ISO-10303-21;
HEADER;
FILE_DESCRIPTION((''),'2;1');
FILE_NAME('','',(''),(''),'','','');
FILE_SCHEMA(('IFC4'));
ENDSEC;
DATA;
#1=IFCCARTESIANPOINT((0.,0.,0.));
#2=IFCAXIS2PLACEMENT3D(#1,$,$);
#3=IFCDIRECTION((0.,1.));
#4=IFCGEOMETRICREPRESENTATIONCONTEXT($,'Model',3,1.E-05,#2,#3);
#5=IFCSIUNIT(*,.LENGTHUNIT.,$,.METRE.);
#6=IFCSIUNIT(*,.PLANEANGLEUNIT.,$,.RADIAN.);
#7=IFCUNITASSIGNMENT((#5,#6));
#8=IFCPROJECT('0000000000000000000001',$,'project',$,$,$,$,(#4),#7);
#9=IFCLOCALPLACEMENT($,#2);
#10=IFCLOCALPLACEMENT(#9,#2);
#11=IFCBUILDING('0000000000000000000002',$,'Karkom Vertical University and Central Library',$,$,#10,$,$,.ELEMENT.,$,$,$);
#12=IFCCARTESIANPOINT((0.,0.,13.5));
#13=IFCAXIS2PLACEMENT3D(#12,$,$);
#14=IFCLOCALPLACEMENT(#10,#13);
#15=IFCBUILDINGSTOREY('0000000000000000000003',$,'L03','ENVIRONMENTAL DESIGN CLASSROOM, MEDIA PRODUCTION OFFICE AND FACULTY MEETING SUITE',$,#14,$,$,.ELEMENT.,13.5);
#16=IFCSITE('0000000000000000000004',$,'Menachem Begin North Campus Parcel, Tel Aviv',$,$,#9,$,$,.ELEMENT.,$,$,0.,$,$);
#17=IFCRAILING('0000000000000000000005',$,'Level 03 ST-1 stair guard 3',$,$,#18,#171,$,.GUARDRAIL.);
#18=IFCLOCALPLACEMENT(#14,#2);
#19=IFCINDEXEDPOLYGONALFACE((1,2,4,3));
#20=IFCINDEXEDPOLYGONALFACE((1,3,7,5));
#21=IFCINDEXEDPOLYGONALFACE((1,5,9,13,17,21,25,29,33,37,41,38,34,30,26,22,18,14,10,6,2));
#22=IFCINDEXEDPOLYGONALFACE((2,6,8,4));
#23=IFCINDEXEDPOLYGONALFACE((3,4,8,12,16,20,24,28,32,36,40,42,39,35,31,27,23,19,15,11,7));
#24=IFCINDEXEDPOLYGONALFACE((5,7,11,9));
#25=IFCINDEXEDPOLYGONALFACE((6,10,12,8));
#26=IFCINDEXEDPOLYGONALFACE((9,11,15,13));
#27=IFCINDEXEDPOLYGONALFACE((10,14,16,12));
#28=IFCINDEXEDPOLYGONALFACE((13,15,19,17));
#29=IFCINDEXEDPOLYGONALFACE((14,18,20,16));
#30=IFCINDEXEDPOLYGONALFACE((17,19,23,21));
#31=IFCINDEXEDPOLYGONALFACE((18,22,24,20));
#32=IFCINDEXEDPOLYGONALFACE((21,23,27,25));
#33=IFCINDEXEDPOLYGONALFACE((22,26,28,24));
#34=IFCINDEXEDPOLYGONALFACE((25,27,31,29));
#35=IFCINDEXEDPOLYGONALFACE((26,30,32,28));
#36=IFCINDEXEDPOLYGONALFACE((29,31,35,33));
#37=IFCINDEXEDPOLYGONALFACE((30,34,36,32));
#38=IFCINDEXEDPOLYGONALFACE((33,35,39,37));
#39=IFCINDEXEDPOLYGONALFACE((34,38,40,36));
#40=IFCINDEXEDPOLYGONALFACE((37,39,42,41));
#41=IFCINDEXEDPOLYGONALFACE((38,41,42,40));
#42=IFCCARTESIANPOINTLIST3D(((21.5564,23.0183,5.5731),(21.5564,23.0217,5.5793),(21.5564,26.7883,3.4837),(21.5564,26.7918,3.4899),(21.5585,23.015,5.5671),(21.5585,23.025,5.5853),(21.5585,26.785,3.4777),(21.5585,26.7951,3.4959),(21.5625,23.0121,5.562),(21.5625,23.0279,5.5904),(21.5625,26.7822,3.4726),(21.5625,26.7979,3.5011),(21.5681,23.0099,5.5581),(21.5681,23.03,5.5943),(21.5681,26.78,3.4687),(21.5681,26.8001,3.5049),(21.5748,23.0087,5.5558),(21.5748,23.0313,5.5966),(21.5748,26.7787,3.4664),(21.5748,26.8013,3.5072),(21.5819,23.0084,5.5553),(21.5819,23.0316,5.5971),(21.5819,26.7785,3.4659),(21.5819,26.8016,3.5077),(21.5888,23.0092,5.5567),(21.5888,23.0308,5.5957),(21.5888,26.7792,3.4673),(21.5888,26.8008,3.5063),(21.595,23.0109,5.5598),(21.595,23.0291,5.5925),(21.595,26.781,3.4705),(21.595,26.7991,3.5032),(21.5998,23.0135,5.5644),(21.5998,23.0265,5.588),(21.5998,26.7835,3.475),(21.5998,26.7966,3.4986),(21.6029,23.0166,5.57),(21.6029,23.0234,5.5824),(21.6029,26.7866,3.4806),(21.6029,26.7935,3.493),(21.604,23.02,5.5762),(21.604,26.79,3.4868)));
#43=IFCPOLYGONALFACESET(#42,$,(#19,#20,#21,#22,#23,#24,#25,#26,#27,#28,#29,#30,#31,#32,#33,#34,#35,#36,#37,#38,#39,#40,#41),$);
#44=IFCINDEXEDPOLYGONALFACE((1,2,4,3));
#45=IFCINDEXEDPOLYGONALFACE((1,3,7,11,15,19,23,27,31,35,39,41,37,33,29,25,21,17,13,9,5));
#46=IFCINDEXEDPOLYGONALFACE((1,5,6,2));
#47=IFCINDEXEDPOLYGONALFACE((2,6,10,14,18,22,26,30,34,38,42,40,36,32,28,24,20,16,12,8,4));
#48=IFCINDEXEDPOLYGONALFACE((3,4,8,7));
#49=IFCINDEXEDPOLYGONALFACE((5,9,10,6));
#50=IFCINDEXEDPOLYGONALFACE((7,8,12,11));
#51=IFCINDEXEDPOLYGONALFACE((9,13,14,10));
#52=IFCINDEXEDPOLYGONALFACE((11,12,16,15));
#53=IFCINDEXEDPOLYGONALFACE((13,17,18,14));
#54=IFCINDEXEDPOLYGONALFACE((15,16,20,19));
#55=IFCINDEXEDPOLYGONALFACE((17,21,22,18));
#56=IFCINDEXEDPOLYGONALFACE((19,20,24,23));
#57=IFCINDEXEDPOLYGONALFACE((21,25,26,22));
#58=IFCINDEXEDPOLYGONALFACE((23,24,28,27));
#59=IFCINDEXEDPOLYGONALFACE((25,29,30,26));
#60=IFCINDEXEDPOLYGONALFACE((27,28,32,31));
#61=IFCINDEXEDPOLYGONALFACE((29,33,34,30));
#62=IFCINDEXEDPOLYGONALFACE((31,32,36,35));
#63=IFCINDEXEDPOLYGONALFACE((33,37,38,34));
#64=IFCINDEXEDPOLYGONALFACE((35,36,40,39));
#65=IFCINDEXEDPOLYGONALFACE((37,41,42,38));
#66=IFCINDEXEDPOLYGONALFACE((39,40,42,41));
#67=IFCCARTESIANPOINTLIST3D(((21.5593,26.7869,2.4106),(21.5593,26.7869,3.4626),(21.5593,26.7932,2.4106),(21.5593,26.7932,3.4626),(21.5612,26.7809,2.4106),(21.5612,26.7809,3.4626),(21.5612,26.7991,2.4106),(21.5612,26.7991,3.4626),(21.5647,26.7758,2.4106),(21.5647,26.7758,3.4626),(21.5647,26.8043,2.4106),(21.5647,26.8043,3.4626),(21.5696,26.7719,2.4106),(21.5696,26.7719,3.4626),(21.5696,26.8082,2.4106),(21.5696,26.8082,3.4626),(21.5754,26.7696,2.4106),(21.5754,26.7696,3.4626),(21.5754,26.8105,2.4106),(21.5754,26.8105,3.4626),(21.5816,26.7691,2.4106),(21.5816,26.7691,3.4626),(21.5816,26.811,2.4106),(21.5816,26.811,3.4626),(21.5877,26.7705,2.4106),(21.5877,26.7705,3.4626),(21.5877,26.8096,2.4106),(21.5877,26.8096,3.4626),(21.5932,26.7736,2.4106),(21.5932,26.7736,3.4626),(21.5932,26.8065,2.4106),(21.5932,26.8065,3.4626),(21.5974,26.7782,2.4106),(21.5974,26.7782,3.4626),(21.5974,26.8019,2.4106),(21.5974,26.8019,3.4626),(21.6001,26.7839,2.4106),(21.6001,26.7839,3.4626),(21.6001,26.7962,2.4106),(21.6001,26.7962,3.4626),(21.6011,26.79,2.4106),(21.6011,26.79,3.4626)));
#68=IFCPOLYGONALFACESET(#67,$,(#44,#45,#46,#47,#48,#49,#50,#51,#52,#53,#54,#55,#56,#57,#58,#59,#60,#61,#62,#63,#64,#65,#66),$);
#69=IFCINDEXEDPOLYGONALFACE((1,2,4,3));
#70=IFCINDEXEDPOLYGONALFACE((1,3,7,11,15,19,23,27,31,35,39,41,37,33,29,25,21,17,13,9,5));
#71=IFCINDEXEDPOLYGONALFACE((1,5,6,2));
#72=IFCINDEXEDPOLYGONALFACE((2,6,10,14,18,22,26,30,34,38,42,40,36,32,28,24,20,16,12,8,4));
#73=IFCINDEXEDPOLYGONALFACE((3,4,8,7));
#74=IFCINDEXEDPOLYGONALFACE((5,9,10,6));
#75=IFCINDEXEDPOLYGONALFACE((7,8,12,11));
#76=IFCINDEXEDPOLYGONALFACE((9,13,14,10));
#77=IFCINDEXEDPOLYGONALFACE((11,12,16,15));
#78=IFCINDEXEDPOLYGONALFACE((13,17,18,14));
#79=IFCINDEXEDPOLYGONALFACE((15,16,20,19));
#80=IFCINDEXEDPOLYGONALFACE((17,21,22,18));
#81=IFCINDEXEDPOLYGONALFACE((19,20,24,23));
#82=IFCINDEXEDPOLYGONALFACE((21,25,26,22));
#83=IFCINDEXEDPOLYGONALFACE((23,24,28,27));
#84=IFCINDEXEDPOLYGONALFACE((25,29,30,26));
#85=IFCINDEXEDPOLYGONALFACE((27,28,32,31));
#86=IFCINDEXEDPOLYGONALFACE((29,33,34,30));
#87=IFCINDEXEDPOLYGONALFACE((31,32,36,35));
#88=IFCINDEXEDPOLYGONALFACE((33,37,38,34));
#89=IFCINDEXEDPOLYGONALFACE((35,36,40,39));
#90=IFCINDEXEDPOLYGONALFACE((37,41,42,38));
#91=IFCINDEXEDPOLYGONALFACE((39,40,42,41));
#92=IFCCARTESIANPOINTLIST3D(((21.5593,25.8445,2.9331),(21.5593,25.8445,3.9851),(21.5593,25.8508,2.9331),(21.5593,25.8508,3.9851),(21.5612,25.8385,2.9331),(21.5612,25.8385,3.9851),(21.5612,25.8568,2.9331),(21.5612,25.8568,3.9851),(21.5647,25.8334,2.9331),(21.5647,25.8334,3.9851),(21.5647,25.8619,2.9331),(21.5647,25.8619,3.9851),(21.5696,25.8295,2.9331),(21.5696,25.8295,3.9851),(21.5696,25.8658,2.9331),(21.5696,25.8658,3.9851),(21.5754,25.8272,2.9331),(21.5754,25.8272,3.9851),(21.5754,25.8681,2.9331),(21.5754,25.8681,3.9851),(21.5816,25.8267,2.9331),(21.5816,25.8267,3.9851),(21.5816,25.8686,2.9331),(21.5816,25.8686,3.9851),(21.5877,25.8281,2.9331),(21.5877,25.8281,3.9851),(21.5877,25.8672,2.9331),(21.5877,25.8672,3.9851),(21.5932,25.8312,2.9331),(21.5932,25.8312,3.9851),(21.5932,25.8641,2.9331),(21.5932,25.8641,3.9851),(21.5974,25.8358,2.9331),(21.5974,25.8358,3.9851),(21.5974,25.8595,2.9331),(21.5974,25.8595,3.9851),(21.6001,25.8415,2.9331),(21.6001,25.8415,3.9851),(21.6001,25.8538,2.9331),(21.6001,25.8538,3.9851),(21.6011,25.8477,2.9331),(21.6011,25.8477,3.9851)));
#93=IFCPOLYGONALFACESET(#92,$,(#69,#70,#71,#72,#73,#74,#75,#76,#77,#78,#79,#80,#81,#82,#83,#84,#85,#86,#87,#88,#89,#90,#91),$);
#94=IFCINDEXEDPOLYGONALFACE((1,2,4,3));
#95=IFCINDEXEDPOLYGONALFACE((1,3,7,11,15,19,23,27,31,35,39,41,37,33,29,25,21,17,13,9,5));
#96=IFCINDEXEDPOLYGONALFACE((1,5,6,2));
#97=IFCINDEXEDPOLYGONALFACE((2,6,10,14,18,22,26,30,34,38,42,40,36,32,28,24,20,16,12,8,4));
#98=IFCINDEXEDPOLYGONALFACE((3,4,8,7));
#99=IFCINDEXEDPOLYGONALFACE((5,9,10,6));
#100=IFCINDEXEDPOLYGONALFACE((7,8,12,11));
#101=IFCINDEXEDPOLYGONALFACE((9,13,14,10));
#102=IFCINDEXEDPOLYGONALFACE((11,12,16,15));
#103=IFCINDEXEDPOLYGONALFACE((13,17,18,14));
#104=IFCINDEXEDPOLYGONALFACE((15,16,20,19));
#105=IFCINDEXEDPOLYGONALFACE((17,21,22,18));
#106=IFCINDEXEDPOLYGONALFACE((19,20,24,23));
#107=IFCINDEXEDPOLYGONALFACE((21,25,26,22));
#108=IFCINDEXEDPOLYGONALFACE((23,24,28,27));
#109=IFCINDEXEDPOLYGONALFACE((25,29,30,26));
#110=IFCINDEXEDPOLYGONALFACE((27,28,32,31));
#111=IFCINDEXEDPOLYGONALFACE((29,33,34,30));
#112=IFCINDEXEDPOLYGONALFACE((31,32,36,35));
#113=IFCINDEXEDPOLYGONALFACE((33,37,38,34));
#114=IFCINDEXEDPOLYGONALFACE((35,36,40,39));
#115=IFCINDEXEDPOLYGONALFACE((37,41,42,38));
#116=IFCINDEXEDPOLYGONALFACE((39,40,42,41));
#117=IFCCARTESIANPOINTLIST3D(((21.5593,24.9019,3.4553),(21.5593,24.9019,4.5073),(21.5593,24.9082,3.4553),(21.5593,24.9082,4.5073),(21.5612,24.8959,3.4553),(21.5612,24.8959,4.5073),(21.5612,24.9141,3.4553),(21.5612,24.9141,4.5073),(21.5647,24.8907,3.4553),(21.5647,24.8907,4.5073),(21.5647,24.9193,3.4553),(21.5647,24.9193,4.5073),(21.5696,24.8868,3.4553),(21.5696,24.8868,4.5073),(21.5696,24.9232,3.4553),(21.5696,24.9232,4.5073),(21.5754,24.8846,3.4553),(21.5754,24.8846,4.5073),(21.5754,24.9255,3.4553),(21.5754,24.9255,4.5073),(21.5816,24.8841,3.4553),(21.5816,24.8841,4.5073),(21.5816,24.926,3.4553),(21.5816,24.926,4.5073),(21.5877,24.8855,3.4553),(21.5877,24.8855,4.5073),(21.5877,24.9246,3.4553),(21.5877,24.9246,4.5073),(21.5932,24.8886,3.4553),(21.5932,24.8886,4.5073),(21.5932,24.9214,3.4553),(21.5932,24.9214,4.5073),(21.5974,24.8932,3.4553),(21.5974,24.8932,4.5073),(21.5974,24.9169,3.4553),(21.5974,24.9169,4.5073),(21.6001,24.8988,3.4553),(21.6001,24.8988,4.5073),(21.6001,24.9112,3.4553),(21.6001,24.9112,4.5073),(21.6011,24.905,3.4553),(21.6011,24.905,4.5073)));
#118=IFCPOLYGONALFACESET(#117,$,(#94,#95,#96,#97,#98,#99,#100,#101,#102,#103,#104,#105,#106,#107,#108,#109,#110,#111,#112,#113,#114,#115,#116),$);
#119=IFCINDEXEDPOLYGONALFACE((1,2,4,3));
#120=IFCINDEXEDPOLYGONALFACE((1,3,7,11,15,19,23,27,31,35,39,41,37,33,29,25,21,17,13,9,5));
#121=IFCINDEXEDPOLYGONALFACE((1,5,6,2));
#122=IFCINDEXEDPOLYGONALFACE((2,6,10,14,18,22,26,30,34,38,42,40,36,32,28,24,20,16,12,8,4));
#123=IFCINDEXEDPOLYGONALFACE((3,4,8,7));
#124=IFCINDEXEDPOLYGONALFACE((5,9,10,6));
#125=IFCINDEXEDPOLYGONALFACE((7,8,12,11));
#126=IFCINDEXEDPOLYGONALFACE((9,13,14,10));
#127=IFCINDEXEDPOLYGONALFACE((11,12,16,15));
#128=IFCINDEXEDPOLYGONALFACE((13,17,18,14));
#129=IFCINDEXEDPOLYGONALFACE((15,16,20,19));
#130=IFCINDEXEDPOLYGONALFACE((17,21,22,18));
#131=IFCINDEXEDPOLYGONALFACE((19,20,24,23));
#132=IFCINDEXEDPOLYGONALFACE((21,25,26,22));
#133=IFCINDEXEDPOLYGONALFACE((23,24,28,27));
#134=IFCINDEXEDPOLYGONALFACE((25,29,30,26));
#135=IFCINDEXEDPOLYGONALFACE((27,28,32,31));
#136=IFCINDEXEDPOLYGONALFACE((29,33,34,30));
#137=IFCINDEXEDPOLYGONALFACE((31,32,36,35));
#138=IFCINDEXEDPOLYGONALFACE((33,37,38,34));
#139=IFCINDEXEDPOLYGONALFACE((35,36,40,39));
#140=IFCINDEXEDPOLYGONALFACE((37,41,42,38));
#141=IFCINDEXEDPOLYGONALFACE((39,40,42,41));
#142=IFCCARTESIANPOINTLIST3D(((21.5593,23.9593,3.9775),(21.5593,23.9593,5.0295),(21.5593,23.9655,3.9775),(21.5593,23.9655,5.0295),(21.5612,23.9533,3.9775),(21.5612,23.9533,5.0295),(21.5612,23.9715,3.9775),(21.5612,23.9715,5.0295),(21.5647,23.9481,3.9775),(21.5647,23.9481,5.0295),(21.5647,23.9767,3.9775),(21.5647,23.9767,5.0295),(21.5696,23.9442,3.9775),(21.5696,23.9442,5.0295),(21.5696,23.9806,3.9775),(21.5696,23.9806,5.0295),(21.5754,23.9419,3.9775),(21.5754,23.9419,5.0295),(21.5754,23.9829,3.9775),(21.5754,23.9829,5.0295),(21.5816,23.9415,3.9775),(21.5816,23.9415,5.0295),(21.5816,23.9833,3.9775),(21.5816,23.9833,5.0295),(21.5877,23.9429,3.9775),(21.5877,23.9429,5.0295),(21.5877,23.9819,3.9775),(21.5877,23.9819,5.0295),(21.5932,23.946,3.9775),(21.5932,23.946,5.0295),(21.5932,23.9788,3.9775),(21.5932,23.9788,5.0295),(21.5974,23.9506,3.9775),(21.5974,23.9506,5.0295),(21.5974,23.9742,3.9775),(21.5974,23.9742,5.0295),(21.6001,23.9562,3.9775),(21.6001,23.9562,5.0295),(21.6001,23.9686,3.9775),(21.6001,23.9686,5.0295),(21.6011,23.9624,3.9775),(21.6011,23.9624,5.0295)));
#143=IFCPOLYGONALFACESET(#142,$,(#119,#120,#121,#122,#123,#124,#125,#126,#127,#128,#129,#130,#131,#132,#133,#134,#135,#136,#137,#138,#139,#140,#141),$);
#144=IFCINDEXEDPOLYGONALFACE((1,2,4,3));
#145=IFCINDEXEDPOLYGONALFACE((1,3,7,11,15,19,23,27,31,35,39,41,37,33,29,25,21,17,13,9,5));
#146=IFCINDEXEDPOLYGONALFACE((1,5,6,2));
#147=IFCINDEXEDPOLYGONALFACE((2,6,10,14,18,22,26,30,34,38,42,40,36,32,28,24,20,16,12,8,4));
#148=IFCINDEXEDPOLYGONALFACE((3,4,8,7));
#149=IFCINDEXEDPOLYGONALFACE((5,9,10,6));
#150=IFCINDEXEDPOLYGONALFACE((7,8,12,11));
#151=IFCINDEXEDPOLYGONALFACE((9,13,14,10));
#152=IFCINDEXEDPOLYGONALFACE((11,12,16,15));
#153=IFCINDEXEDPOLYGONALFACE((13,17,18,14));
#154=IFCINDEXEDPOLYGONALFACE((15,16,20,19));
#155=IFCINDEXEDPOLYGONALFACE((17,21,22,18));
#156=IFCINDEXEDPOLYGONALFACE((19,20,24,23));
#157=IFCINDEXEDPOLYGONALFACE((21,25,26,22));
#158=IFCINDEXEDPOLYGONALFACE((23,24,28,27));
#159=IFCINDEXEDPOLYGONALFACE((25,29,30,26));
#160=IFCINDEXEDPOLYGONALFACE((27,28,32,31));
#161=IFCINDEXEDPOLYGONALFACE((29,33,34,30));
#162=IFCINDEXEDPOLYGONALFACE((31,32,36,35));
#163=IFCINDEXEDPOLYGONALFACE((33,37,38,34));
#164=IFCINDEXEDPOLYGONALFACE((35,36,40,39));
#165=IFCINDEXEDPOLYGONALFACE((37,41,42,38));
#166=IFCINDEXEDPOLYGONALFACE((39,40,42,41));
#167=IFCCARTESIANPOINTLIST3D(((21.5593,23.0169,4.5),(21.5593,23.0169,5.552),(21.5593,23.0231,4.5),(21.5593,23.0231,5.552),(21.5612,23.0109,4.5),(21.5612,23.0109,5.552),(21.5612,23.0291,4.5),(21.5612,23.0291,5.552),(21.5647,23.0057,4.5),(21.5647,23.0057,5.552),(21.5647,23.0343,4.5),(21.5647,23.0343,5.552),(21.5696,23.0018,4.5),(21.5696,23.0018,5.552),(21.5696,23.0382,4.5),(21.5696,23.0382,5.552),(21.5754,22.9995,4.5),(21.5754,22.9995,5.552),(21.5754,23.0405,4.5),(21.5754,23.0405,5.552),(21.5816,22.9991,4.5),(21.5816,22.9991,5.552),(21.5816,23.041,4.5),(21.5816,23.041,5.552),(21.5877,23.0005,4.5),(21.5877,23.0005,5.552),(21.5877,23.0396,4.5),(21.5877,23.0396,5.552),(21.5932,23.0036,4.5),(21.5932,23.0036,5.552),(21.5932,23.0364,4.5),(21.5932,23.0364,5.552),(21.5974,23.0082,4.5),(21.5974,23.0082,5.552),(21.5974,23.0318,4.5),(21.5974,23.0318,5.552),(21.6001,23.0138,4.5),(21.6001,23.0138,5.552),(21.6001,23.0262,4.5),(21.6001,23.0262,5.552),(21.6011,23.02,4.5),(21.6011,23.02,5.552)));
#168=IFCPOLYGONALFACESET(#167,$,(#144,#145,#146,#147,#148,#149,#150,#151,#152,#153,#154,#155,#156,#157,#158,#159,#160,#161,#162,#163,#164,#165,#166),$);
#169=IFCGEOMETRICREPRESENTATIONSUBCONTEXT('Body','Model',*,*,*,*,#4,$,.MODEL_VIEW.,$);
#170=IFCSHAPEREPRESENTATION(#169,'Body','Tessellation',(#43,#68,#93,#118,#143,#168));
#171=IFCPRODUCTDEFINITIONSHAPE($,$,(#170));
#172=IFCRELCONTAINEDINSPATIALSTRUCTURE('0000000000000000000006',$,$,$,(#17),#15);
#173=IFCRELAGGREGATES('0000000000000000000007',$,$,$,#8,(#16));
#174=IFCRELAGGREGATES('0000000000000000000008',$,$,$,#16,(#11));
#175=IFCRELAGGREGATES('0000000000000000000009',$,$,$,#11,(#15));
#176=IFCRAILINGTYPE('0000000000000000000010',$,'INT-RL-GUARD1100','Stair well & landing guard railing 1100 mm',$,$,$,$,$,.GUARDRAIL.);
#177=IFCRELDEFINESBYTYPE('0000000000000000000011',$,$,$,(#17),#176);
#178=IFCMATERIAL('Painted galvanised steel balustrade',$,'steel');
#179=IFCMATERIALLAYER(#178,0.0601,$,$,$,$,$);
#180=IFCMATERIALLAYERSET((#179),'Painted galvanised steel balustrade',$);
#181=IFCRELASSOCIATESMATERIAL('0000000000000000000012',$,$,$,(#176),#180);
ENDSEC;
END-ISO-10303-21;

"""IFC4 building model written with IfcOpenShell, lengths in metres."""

from ifc_helpers import new_model, si_unit, direction, frame, origin, origin_2d, place, context, subcontext, project, spatial, circle, extrude, material, layer, layer_set, type_object, element, save


model = new_model("IFC4")

# Units and contexts
model_context = context("Model", 3, precision=1e-05, world=origin(), true_north=direction((0.0, 1.0)))
body_context = subcontext(model_context, "Body", "Model", "MODEL_VIEW")
ifc_project = project(units=[si_unit("LENGTHUNIT", "METRE"), si_unit("PLANEANGLEUNIT", "RADIAN")], contexts=[model_context])

# Site, building, storey
site_placement = place(None, origin())
site = spatial("IfcSite", under=ifc_project, at=site_placement, Name="Menachem Begin North Campus Parcel, Tel Aviv", CompositionType="ELEMENT", RefElevation=0.0)
building_placement = place(site_placement, origin())
building = spatial("IfcBuilding", under=site, at=building_placement, Name="Karkom Vertical University and Central Library", CompositionType="ELEMENT")
storey_placement = place(building_placement, frame((0.0, 0.0, 13.5)))
storey = spatial("IfcBuildingStorey", under=building, at=storey_placement, Name="L03", Description="ENVIRONMENTAL DESIGN CLASSROOM, MEDIA PRODUCTION OFFICE AND FACULTY MEETING SUITE", CompositionType="ELEMENT", Elevation=13.5)

# Railing
ifc_material_1 = material(Name="Painted galvanised steel balustrade", Category="steel")
ifc_layer_1 = layer(ifc_material_1, 0.0601)
ifc_layer_set_1 = layer_set([ifc_layer_1], Name="Painted galvanised steel balustrade")
railing_type_1 = type_object("IfcRailingType", Name="INT-RL-GUARD1100", Description="Stair well & landing guard railing 1100 mm", PredefinedType="GUARDRAIL", material=ifc_layer_set_1)
railing_1_placement = place(storey_placement, frame((21.5801, 26.79, 2.4106)))
element("IfcRailing", 1, at=railing_1_placement, inside=storey, type_object=railing_type_1, Name="Level 03 ST-1 stair guard 3", PredefinedType="GUARDRAIL", context=body_context, shape_type="SweptSolid", body=[
    extrude(circle(Radius=0.0239, at=origin_2d()), frame((0.0, 0.0, 1.0762), z_axis=(0.0, -0.874659, 0.484739), x_axis=(1.0, 0.0, 0.0)), (0.0, 0.0, 1.0), 4.3103),
    extrude(circle(Radius=0.021, at=origin_2d()), origin(), (0.0, 0.0, 1.0), 1.052),
    extrude(circle(Radius=0.021, at=origin_2d()), frame((0.0, -0.9424, 0.5225)), (0.0, 0.0, 1.0), 1.052),
    extrude(circle(Radius=0.021, at=origin_2d()), frame((0.0, -1.885, 1.0447)), (0.0, 0.0, 1.0), 1.052),
    extrude(circle(Radius=0.021, at=origin_2d()), frame((0.0, -2.8276, 1.5669)), (0.0, 0.0, 1.0), 1.052),
    extrude(circle(Radius=0.021, at=origin_2d()), frame((0.0, -3.77, 2.0894)), (0.0, 0.0, 1.0), 1.052),
])

save(model, "model.ifc")
